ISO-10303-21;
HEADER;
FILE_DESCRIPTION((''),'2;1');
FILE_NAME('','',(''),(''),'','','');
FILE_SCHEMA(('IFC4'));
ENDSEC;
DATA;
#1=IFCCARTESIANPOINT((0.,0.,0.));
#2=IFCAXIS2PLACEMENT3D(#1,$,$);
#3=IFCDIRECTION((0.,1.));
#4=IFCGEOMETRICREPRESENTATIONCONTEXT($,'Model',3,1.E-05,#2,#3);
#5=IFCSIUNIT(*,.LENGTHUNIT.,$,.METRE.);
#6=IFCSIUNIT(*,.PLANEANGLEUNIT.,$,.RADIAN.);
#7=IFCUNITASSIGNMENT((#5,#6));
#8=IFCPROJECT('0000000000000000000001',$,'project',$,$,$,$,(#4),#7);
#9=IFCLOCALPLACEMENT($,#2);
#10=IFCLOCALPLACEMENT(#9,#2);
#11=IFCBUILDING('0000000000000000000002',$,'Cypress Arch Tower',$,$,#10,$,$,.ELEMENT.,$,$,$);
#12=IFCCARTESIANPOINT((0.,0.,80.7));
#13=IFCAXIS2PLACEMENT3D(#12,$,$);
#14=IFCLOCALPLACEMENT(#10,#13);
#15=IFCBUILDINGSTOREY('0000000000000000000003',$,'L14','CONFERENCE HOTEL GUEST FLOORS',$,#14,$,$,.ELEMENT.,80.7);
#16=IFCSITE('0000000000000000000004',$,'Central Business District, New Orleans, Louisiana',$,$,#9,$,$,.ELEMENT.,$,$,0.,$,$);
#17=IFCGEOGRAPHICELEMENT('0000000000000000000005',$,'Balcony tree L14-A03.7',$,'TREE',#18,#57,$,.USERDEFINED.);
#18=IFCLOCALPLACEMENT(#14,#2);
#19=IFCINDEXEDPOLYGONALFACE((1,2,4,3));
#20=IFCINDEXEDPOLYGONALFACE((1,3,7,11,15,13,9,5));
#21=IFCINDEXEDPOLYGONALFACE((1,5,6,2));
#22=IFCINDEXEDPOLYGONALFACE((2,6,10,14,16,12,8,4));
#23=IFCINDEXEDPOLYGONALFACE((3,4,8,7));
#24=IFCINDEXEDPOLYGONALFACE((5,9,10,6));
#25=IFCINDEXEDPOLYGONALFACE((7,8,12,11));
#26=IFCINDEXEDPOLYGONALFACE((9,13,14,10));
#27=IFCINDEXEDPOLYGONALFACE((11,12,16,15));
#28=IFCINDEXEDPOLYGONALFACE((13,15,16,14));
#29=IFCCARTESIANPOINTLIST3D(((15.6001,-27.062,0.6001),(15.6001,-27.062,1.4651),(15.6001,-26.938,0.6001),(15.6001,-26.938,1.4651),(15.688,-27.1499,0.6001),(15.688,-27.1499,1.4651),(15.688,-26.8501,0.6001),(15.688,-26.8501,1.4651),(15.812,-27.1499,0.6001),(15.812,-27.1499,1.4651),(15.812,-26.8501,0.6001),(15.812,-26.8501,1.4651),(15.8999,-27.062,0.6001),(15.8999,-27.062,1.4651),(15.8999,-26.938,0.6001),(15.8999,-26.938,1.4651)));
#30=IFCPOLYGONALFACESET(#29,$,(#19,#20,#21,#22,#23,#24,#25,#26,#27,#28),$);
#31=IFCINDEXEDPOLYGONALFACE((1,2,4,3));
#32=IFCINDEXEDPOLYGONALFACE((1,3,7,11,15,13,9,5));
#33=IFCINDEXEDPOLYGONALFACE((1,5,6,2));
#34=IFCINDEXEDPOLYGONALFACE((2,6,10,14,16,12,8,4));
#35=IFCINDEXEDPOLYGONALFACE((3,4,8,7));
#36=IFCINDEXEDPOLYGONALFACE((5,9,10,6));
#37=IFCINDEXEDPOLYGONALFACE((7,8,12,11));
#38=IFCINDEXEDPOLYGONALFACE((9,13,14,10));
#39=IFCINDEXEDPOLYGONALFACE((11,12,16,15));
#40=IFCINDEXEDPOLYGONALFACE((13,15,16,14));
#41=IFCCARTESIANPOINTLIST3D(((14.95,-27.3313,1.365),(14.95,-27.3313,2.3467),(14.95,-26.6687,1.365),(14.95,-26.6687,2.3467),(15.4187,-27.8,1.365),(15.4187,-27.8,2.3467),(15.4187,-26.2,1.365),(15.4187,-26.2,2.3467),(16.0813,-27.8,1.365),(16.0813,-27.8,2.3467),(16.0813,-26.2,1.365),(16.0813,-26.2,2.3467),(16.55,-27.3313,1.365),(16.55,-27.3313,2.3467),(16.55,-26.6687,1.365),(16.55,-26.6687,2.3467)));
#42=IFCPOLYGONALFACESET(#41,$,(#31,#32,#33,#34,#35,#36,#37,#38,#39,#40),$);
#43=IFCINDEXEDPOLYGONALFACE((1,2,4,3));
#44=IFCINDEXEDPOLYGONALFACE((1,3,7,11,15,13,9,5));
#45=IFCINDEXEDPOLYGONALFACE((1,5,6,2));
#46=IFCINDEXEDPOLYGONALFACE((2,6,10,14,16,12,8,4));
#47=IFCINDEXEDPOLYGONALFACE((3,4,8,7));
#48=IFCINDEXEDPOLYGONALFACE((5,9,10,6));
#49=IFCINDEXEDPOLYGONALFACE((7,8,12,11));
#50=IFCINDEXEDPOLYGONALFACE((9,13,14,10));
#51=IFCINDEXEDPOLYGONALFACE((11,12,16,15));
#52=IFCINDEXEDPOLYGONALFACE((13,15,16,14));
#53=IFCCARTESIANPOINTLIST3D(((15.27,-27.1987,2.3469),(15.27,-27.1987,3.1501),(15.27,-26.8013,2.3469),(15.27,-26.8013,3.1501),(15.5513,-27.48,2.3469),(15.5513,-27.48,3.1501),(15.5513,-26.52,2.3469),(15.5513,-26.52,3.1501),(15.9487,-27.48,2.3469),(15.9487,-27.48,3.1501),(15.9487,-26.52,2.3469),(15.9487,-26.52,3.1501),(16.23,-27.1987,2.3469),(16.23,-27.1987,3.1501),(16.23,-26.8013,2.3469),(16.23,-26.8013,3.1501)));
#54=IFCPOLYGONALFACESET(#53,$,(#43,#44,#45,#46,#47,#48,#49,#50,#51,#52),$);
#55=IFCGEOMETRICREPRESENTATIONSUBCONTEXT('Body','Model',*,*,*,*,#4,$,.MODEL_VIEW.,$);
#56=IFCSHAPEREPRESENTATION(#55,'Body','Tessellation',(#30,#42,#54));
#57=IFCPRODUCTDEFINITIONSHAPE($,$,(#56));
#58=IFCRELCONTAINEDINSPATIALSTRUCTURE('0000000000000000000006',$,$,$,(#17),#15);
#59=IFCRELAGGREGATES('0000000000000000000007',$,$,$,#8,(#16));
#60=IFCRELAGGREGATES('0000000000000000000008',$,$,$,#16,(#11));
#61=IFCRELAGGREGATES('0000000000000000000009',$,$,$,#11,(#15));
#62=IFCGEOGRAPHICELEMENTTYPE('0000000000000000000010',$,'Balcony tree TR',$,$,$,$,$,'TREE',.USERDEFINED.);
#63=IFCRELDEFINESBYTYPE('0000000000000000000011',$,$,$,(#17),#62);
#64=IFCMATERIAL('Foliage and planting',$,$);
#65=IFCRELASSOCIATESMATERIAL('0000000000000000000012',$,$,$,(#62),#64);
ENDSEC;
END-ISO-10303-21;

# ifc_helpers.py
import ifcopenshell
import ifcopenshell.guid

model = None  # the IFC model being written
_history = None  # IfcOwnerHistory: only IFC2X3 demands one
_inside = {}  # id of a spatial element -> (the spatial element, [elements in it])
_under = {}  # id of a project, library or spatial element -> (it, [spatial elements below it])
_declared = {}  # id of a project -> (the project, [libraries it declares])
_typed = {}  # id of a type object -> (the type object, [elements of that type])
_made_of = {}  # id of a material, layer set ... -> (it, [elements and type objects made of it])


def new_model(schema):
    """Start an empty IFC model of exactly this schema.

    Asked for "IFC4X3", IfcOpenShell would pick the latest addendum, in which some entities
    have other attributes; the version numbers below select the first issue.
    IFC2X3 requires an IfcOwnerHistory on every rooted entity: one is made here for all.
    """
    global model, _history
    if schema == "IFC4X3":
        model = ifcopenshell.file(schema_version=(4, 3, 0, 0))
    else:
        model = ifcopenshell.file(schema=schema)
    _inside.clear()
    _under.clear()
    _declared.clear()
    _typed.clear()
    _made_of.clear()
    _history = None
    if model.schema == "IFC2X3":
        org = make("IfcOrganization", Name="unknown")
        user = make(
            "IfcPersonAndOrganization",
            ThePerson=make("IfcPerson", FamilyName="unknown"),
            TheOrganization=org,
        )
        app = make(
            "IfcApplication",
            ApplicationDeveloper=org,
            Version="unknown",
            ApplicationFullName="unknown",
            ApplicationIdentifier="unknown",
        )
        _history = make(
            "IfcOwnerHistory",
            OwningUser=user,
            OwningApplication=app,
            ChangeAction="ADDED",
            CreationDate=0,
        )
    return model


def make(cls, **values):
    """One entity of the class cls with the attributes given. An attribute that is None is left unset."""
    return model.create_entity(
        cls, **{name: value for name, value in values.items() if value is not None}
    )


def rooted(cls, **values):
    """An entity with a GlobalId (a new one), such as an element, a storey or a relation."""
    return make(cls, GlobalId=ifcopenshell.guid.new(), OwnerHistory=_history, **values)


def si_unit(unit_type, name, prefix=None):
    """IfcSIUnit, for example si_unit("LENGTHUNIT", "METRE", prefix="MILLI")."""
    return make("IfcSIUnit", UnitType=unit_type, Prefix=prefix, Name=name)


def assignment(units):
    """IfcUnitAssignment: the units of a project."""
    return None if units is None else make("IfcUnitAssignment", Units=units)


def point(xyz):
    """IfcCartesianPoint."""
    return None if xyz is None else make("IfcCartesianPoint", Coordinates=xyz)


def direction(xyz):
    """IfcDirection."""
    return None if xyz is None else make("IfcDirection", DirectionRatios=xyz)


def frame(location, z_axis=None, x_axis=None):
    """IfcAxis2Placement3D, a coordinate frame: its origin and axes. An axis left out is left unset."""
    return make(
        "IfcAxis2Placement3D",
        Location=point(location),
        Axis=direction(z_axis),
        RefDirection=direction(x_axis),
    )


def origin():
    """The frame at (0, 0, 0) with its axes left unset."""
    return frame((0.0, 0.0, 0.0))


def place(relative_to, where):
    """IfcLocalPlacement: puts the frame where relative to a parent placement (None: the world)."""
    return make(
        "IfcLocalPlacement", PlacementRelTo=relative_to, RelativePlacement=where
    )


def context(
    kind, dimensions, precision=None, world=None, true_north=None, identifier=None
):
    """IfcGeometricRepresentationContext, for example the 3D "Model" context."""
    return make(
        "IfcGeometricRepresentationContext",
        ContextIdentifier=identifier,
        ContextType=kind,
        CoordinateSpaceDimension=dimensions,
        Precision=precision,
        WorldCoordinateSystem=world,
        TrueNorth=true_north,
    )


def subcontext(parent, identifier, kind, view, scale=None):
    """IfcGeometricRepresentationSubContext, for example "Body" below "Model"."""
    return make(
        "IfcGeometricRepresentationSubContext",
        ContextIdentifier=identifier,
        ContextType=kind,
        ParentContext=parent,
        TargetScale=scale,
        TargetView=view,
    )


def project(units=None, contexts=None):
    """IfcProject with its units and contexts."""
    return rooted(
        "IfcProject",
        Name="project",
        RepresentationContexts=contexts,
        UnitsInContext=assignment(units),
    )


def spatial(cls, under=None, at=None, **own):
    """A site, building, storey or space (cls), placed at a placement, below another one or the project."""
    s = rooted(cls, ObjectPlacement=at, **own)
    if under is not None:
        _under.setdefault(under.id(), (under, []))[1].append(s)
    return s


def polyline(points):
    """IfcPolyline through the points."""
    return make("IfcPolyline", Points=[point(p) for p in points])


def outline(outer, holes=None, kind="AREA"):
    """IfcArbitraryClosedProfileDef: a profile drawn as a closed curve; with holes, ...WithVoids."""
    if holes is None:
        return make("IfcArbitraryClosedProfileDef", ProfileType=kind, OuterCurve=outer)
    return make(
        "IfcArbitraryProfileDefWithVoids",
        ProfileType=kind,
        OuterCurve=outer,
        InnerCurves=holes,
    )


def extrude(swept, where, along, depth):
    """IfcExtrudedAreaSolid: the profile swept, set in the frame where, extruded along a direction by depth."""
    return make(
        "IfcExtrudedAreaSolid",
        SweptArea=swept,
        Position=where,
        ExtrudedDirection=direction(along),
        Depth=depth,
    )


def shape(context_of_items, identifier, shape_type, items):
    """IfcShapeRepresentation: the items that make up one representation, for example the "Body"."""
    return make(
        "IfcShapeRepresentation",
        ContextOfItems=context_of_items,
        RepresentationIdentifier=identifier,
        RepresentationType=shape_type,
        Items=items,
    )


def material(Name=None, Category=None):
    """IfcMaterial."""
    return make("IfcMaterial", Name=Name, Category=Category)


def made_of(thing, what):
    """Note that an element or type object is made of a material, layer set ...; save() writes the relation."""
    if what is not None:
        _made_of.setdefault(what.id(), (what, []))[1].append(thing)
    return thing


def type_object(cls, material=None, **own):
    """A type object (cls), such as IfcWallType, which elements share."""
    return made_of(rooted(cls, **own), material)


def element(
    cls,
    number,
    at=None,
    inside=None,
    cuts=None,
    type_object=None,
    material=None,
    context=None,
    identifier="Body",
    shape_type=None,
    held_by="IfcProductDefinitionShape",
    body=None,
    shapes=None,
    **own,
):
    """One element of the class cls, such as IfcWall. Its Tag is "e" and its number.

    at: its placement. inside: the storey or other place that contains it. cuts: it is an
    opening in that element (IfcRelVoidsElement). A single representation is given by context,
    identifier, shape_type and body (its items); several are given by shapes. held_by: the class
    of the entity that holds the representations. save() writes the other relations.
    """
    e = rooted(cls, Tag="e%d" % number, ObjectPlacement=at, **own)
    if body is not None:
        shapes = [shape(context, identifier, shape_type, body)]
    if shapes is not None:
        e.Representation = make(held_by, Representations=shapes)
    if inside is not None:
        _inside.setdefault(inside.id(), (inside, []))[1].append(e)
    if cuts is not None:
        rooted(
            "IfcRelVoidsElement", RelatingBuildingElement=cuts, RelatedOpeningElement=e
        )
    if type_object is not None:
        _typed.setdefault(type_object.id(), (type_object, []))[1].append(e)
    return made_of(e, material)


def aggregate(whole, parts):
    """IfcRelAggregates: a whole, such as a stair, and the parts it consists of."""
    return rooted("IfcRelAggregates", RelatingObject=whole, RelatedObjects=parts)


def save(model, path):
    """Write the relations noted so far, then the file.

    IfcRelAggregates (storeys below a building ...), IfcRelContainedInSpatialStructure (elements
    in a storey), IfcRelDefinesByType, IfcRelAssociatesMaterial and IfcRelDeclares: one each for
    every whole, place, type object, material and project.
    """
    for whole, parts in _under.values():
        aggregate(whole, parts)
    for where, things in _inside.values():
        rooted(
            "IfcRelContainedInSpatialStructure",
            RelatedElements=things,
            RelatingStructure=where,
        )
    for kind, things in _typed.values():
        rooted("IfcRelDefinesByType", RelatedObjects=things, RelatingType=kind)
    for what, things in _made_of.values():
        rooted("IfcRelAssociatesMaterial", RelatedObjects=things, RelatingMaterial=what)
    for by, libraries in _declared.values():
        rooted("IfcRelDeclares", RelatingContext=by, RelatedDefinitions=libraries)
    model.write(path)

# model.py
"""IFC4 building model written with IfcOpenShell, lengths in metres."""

from ifc_helpers import new_model, si_unit, direction, frame, origin, place, context, subcontext, project, spatial, polyline, outline, extrude, material, type_object, element, save


model = new_model("IFC4")

# Units and contexts
model_context = context("Model", 3, precision=1e-05, world=origin(), true_north=direction((0.0, 1.0)))
body_context = subcontext(model_context, "Body", "Model", "MODEL_VIEW")
ifc_project = project(units=[si_unit("LENGTHUNIT", "METRE"), si_unit("PLANEANGLEUNIT", "RADIAN")], contexts=[model_context])

# Site, building, storey
site_placement = place(None, origin())
site = spatial("IfcSite", under=ifc_project, at=site_placement, Name="Central Business District, New Orleans, Louisiana", CompositionType="ELEMENT", RefElevation=0.0)
building_placement = place(site_placement, origin())
building = spatial("IfcBuilding", under=site, at=building_placement, Name="Cypress Arch Tower", CompositionType="ELEMENT")
storey_placement = place(building_placement, frame((0.0, 0.0, 80.7)))
storey = spatial("IfcBuildingStorey", under=building, at=storey_placement, Name="L14", Description="CONFERENCE HOTEL GUEST FLOORS", CompositionType="ELEMENT", Elevation=80.7)

# Geographic element
ifc_material_1 = material(Name="Foliage and planting")
geographic_element_type = type_object("IfcGeographicElementType", Name="Balcony tree TR", ElementType="TREE", PredefinedType="USERDEFINED", material=ifc_material_1)
geographic_element_placement = place(storey_placement, frame((15.75, -27.0, 0.6001), z_axis=(0.0, 0.0, 1.0), x_axis=(1.0, 0.0, 0.0)))
element("IfcGeographicElement", 1, at=geographic_element_placement, inside=storey, type_object=geographic_element_type, Name="Balcony tree L14-A03.7", ObjectType="TREE", PredefinedType="USERDEFINED", context=body_context, shape_type="SweptSolid", body=[
    extrude(outline(polyline([(0.1499, 0.062), (0.062, 0.1499), (-0.062, 0.1499), (-0.1499, 0.062), (-0.1499, -0.062), (-0.062, -0.1499), (0.062, -0.1499), (0.1499, -0.062), (0.1499, 0.062)])), origin(), (0.0, 0.0, 1.0), 0.865),
    extrude(outline(polyline([(0.8, 0.3313), (0.3313, 0.8), (-0.3313, 0.8), (-0.8, 0.3313), (-0.8, -0.3313), (-0.3313, -0.8), (0.3313, -0.8), (0.8, -0.3313), (0.8, 0.3313)])), frame((0.0, 0.0, 0.7649)), (0.0, 0.0, 1.0), 0.9817),
    extrude(outline(polyline([(0.48, 0.1987), (0.1987, 0.48), (-0.1987, 0.48), (-0.48, 0.1987), (-0.48, -0.1987), (-0.1987, -0.48), (0.1987, -0.48), (0.48, -0.1987), (0.48, 0.1987)])), frame((0.0, 0.0, 1.7468)), (0.0, 0.0, 1.0), 0.8032),
])

save(model, "model.ifc")
